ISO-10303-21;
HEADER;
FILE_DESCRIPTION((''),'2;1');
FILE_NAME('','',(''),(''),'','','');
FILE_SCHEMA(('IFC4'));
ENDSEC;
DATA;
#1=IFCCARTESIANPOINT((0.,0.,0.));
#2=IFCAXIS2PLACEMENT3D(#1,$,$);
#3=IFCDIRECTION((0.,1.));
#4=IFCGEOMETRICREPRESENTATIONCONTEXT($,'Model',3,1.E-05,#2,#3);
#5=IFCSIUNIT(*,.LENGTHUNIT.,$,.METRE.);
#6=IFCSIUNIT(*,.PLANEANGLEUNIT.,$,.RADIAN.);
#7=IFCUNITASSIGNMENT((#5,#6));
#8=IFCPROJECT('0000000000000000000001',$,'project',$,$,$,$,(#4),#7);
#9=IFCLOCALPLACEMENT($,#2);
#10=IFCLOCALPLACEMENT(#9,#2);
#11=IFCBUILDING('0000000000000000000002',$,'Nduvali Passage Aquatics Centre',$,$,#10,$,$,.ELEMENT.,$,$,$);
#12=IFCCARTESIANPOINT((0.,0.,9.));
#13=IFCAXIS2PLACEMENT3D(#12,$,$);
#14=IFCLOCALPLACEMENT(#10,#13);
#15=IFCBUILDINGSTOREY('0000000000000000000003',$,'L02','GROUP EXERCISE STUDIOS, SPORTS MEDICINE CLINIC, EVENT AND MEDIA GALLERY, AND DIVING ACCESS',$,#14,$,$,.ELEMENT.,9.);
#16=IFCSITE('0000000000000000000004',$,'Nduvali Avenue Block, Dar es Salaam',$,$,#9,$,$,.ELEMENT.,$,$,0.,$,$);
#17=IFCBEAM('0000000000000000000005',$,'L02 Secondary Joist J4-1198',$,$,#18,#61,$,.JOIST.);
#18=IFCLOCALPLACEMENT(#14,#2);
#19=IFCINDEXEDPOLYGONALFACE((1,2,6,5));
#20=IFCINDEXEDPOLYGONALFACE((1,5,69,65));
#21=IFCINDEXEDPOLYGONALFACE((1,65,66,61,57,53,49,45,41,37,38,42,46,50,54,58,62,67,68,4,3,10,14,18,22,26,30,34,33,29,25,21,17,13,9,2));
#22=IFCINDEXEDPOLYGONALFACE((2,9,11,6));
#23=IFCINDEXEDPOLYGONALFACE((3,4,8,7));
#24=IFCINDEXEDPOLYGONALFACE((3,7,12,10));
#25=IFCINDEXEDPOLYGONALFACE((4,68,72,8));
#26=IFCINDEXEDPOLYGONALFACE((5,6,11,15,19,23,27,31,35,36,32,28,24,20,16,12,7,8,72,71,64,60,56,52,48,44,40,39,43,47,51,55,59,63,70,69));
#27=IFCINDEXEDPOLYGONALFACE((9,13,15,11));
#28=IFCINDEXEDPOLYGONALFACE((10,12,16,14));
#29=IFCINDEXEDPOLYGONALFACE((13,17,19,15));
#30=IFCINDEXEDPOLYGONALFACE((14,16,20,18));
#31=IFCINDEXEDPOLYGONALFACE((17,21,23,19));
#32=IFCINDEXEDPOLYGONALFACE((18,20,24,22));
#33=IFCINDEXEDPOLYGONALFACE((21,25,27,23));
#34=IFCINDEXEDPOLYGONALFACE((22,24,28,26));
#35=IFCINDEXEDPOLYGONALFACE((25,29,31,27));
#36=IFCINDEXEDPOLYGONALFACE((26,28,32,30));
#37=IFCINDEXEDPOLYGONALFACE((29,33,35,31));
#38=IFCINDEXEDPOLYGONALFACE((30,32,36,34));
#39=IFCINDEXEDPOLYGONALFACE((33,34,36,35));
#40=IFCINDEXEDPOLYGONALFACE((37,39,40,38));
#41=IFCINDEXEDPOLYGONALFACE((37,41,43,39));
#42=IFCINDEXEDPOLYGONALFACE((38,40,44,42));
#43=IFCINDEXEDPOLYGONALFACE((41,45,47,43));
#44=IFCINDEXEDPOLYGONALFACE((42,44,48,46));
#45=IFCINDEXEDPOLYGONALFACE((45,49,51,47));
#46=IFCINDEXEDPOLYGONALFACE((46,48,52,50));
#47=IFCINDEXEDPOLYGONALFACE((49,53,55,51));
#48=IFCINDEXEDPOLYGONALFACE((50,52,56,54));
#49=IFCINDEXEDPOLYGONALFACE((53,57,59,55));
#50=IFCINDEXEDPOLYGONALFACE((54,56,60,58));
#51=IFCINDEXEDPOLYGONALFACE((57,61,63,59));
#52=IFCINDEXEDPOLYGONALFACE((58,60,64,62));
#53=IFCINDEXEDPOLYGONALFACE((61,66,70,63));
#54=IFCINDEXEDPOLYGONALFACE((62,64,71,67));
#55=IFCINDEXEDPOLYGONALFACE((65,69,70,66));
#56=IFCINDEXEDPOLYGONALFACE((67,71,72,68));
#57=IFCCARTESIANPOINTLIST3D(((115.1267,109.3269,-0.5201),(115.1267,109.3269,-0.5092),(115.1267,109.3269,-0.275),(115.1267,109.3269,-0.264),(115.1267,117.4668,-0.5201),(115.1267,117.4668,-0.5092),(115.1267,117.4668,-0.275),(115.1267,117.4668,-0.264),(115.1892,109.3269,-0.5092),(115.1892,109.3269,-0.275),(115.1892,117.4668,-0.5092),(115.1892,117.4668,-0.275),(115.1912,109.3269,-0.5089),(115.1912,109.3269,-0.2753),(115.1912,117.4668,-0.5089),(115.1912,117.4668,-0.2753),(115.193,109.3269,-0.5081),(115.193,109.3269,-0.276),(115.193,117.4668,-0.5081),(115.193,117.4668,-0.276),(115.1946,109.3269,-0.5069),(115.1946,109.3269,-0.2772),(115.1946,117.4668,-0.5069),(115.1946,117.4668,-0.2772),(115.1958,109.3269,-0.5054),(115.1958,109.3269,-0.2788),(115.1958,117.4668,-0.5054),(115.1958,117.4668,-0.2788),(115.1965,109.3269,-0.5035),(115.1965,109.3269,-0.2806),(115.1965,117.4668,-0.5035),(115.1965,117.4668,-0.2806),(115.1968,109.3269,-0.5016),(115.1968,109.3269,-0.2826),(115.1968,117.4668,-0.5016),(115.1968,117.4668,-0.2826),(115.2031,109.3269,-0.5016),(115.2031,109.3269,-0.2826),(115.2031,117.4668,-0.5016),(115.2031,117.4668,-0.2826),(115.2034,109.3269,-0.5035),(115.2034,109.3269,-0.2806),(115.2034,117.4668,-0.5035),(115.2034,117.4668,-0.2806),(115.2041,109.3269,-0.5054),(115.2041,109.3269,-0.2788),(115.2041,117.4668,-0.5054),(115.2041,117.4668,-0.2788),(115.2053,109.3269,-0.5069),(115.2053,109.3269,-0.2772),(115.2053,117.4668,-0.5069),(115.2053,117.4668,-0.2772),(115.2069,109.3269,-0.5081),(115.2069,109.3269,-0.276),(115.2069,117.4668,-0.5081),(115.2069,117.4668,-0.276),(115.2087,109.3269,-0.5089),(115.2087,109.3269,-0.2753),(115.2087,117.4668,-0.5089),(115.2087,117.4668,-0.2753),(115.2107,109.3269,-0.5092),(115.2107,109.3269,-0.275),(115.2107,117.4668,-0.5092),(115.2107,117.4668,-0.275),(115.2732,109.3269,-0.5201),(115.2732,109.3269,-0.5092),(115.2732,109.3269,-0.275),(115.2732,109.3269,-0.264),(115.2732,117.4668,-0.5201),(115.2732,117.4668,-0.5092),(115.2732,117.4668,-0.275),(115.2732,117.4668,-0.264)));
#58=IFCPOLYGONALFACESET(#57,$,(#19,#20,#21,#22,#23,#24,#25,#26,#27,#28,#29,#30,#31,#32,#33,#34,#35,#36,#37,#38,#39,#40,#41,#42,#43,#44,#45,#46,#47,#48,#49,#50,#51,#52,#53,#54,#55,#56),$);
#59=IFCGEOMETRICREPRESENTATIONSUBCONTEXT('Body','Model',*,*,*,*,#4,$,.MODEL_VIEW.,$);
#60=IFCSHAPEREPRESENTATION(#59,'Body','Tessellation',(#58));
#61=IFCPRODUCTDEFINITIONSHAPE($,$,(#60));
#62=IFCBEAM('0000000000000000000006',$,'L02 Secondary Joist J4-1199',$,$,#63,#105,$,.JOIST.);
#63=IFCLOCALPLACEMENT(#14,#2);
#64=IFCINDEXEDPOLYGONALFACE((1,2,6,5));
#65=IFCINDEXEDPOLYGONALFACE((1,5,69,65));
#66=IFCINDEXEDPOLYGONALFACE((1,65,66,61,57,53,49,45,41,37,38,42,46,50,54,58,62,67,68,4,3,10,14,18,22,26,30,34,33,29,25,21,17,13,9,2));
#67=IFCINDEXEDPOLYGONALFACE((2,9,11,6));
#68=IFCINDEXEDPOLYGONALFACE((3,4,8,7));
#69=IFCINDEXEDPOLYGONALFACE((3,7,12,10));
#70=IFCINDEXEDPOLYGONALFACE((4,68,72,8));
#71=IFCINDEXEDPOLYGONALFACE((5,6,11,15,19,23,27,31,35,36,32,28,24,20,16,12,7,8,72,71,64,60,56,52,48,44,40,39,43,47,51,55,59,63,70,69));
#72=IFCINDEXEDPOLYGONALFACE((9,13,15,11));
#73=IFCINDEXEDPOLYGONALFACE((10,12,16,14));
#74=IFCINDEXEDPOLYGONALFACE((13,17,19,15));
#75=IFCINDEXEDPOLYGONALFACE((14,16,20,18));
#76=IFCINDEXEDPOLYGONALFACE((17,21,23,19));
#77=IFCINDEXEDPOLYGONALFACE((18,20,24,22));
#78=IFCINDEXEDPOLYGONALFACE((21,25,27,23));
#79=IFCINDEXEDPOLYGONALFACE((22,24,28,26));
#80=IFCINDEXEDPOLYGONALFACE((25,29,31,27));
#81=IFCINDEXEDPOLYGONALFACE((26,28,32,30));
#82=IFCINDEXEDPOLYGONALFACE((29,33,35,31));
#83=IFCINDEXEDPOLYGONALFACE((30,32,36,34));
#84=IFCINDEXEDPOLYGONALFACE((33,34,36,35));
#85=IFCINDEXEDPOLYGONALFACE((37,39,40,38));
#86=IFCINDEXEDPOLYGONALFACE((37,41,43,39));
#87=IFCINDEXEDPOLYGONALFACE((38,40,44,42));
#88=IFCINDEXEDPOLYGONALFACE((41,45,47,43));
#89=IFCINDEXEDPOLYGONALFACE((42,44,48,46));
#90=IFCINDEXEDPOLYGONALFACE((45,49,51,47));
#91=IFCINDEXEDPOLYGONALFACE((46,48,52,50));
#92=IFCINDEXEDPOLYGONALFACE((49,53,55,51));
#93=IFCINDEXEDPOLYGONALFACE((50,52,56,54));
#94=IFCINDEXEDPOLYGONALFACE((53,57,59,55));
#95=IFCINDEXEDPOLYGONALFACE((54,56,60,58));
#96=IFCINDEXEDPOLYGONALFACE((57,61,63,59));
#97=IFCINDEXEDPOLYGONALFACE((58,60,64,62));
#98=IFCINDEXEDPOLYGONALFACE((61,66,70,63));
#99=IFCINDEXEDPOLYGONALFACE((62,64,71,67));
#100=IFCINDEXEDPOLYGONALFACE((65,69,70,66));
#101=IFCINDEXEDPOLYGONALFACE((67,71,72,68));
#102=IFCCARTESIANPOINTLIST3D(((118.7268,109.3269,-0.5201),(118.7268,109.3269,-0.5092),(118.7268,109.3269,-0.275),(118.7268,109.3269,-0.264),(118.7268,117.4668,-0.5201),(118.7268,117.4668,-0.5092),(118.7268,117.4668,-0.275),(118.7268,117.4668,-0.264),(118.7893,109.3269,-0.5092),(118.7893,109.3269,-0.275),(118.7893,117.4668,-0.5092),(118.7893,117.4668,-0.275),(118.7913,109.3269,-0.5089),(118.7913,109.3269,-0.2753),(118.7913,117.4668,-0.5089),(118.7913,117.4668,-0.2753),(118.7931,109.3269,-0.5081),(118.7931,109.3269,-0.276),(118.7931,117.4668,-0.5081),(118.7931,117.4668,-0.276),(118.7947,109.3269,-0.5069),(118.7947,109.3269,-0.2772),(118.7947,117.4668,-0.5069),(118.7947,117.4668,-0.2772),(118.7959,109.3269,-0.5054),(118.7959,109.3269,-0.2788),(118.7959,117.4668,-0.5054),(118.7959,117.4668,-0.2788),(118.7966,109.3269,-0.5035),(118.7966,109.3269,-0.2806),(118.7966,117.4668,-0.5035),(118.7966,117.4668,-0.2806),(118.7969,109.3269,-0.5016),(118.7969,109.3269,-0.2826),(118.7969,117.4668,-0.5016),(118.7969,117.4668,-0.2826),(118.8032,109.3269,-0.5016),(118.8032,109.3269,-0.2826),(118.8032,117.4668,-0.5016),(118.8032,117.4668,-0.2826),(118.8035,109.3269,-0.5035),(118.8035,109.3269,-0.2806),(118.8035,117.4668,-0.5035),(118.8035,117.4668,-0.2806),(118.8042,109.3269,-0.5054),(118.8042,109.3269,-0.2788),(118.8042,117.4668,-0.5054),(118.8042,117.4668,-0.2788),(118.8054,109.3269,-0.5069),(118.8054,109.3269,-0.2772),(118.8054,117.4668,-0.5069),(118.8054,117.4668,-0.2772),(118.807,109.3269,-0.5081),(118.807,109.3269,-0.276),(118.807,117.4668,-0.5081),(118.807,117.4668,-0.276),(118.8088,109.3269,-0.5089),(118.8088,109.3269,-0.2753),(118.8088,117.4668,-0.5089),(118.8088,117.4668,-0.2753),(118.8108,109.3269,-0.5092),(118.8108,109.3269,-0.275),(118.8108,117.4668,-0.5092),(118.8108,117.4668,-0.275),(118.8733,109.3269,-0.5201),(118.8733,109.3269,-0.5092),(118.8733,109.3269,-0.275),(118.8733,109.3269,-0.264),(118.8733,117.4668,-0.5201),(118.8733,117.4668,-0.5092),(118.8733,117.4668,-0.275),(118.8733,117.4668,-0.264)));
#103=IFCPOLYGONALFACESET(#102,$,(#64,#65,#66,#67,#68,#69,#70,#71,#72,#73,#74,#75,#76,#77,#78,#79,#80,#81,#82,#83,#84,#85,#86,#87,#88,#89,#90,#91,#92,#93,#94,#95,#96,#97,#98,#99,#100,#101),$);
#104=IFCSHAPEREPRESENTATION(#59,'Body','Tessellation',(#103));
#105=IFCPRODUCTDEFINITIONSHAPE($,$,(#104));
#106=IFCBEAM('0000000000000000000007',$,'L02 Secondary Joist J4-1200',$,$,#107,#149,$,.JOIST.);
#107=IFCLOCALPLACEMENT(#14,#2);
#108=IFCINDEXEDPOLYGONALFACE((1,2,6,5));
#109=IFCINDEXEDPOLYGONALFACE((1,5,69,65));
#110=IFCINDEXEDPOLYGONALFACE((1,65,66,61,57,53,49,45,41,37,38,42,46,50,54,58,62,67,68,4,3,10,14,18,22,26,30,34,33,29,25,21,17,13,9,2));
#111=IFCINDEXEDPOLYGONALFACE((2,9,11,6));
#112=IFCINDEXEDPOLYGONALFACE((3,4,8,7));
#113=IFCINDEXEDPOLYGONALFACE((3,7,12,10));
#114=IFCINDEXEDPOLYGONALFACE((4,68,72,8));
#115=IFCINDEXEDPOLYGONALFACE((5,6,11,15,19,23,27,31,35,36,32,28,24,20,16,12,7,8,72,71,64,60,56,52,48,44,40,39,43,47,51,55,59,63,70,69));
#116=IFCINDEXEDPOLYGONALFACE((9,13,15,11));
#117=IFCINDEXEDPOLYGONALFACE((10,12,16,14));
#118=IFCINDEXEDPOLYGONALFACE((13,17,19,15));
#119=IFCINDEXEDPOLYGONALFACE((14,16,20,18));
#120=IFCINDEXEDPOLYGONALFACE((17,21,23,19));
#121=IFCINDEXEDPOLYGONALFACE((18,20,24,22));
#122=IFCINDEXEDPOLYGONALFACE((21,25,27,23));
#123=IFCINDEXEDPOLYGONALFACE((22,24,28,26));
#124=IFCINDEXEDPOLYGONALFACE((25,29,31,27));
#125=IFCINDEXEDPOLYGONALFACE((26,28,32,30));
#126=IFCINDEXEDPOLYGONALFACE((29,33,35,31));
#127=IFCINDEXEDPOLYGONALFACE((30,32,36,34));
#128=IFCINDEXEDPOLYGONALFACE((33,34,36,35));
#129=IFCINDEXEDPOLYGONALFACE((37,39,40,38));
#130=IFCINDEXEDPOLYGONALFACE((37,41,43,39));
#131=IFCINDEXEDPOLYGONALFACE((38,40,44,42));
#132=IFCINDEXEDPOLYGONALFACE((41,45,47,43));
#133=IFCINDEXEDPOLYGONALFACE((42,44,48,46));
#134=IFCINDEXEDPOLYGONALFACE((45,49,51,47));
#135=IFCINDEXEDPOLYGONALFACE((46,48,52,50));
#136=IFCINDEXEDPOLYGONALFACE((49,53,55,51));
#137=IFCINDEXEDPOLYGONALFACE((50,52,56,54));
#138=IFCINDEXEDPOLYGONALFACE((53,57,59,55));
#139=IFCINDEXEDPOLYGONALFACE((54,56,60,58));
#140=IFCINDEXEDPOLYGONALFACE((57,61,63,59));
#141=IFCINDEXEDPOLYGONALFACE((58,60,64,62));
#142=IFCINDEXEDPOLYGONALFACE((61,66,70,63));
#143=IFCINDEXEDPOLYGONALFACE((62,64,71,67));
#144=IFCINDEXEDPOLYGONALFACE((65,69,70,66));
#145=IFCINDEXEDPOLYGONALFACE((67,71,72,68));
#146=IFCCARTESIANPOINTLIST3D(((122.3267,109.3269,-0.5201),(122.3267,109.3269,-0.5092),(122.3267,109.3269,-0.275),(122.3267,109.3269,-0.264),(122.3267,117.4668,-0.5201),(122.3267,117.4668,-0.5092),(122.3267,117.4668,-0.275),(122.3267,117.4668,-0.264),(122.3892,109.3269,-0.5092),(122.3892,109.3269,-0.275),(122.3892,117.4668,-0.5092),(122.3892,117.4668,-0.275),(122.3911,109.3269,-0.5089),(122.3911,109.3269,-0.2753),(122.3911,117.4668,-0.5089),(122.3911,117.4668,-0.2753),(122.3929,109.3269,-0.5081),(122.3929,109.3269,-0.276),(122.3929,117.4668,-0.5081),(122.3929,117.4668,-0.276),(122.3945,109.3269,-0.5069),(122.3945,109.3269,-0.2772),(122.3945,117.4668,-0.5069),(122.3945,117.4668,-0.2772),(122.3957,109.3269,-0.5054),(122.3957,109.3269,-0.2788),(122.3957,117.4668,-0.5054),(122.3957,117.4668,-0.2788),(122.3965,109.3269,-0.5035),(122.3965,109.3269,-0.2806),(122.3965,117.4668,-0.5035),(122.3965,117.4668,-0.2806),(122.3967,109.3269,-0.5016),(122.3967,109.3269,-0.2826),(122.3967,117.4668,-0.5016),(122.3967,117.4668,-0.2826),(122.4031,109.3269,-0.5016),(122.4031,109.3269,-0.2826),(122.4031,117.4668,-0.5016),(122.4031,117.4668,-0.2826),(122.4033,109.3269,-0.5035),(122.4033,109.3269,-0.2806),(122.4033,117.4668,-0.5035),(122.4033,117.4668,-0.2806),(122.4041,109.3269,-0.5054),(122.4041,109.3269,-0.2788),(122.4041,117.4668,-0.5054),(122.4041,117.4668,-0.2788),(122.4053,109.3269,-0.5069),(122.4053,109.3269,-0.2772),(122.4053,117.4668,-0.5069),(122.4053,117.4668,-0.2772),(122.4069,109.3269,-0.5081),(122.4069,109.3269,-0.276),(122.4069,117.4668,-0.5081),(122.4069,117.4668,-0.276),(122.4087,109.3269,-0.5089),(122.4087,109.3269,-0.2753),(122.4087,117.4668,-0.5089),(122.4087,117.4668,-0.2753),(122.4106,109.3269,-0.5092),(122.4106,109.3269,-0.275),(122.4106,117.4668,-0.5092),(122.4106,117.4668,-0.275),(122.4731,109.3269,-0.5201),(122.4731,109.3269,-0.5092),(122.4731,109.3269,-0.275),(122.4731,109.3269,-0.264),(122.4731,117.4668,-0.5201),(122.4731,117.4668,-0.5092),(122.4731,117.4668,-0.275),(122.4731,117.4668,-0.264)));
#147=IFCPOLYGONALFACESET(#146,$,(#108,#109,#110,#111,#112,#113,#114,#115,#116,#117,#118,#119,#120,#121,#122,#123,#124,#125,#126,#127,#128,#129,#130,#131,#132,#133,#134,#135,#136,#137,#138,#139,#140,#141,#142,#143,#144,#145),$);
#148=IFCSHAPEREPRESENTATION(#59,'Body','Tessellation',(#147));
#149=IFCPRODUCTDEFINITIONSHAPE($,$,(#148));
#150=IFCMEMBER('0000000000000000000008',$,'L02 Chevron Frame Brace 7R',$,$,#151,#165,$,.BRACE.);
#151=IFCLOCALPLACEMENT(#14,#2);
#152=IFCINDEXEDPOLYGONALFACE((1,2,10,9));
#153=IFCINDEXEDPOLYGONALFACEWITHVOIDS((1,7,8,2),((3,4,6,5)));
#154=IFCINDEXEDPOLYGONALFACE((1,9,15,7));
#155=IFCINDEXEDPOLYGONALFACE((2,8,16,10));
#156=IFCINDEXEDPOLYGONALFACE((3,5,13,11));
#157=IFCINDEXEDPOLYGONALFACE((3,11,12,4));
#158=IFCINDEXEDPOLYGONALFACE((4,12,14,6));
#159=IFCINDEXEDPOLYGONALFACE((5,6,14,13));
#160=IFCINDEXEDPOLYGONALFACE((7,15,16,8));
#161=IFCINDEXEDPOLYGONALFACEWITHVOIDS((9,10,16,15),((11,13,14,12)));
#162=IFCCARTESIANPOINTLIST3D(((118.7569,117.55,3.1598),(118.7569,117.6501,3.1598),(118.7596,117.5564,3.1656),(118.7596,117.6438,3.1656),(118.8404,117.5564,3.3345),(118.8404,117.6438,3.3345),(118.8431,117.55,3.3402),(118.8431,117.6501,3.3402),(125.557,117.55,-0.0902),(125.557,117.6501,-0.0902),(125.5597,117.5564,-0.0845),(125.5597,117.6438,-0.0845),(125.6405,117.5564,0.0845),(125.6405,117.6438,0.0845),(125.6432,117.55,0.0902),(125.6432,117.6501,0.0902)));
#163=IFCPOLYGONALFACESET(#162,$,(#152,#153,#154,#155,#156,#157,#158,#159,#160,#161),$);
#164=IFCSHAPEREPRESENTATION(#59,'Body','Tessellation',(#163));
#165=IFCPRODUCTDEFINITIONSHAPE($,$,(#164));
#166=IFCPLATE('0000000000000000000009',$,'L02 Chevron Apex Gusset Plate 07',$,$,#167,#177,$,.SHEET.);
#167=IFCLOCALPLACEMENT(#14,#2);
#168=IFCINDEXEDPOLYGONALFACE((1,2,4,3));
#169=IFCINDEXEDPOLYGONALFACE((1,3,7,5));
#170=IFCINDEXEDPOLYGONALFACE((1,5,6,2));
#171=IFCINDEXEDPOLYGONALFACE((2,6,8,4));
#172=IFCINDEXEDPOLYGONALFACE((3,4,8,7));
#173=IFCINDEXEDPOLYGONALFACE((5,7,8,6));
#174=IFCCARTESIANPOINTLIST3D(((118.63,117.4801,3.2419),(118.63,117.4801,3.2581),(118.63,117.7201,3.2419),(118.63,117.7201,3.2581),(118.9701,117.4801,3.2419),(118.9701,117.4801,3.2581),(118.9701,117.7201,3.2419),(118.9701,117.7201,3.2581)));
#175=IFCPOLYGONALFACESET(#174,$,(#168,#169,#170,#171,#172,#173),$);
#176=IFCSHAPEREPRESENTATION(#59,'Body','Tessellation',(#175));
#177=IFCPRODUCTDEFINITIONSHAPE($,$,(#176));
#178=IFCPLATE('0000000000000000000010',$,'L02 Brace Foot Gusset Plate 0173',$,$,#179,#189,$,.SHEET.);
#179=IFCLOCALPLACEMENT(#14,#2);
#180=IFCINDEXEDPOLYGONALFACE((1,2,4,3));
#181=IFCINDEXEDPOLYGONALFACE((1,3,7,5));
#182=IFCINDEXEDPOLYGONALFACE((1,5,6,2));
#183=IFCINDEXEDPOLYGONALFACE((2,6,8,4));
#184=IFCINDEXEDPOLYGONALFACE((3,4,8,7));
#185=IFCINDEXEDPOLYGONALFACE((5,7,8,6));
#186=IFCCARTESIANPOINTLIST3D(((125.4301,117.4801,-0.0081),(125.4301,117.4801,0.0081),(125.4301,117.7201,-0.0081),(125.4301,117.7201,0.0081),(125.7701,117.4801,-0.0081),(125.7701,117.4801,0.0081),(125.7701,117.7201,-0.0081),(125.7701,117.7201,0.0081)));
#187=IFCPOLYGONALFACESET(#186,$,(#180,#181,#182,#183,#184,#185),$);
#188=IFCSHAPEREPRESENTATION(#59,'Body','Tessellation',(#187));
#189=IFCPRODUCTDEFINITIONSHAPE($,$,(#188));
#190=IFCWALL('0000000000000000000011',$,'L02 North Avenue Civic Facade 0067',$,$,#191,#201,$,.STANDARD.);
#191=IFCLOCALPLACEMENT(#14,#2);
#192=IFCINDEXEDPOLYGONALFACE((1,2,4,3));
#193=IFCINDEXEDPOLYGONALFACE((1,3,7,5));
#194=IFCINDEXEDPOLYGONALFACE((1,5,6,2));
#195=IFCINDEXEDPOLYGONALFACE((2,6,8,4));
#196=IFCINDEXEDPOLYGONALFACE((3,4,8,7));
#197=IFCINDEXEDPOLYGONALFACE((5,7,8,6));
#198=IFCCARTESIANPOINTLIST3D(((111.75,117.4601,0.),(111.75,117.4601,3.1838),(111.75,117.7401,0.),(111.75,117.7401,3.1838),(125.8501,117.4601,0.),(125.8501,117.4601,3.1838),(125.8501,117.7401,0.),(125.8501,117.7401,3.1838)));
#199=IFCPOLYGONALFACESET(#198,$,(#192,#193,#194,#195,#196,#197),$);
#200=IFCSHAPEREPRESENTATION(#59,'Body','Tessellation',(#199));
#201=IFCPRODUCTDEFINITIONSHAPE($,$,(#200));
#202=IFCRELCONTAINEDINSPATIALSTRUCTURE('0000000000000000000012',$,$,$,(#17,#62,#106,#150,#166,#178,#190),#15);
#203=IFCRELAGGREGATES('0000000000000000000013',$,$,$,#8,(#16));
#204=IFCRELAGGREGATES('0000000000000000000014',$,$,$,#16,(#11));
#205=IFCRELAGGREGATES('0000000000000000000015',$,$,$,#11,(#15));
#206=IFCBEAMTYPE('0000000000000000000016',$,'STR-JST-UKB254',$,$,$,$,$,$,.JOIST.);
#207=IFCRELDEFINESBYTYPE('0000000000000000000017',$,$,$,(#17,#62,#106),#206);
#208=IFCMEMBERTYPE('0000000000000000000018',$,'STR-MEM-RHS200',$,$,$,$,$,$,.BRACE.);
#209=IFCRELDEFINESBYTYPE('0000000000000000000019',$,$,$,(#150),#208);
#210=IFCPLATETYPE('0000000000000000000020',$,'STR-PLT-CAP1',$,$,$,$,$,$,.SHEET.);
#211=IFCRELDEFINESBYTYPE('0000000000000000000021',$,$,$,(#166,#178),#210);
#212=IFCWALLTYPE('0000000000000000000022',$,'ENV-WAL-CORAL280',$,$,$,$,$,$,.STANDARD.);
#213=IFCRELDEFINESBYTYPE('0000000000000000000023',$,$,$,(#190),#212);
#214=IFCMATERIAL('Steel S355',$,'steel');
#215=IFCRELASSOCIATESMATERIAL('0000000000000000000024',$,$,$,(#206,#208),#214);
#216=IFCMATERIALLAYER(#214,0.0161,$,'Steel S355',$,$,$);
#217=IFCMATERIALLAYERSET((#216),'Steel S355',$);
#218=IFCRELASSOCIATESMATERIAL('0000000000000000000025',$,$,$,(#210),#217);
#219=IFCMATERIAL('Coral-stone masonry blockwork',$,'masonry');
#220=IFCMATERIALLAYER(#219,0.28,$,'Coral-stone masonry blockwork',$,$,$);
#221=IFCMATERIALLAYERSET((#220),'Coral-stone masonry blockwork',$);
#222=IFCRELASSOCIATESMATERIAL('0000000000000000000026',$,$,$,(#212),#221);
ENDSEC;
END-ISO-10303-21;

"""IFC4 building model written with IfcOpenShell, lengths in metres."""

from ifc_helpers import new_model, si_unit, direction, frame, frame_2d, origin, origin_2d, place, context, subcontext, project, spatial, rectangle, hollow_rectangle, i_section, extrude, material, layer, layer_set, material_profile, profile_set, type_object, element, save


model = new_model("IFC4")

# Units and contexts
model_context = context("Model", 3, precision=1e-05, world=origin(), true_north=direction((0.0, 1.0)))
body_context = subcontext(model_context, "Body", "Model", "MODEL_VIEW")
ifc_project = project(units=[si_unit("LENGTHUNIT", "METRE"), si_unit("PLANEANGLEUNIT", "RADIAN")], contexts=[model_context])

# Site, building, storey
site_placement = place(None, origin())
site = spatial("IfcSite", under=ifc_project, at=site_placement, Name="Nduvali Avenue Block, Dar es Salaam", CompositionType="ELEMENT", RefElevation=0.0)
building_placement = place(site_placement, origin())
building = spatial("IfcBuilding", under=site, at=building_placement, Name="Nduvali Passage Aquatics Centre", CompositionType="ELEMENT")
storey_placement = place(building_placement, frame((0.0, 0.0, 9.0)))
storey = spatial("IfcBuildingStorey", under=building, at=storey_placement, Name="L02", Description="GROUP EXERCISE STUDIOS, SPORTS MEDICINE CLINIC, EVENT AND MEDIA GALLERY, AND DIVING ACCESS", CompositionType="ELEMENT", Elevation=9.0)

# Beams
ifc_material_1 = material(Name="Steel S355", Category="steel")
ifc_material_profile_1 = material_profile(ifc_material_1, i_section(OverallWidth=0.1465, OverallDepth=0.2561, WebThickness=0.0063, FlangeThickness=0.011, FilletRadius=0.0076, at=origin_2d()), Name="UKB 254x146x37")
ifc_profile_set_1 = profile_set([ifc_material_profile_1], Name="Steel S355")
beam_type = type_object("IfcBeamType", Name="STR-JST-UKB254", PredefinedType="JOIST", material=ifc_profile_set_1)
for number, where, z_axis, x_axis, name in (
    (1, (115.2, 109.3269, -0.3921), (0.0, 1.0, 0.0), (-1.0, 0.0, 0.0), "L02 Secondary Joist J4-1198"),
    (2, (118.8, 109.3269, -0.3921), (0.0, 1.0, 0.0), (-1.0, 0.0, 0.0), "L02 Secondary Joist J4-1199"),
    (3, (122.3999, 109.3269, -0.3921), (0.0, 1.0, 0.0), (-1.0, 0.0, 0.0), "L02 Secondary Joist J4-1200"),
):
    element("IfcBeam", number, at=place(storey_placement, frame(where, z_axis=z_axis, x_axis=x_axis)), inside=storey, type_object=beam_type, Name=name, PredefinedType="JOIST", context=body_context, shape_type="SweptSolid", body=[
        extrude(i_section(OverallWidth=0.1465, OverallDepth=0.2561, WebThickness=0.0063, FlangeThickness=0.011, FilletRadius=0.0076, at=origin_2d()), origin(), (0.0, 0.0, 1.0), 8.1399),
    ])

# Member
ifc_material_profile_2 = material_profile(ifc_material_1, hollow_rectangle(XDim=0.1001, YDim=0.2, WallThickness=0.0063, at=origin_2d()), Name="RHS 200x100x6.3")
ifc_profile_set_2 = profile_set([ifc_material_profile_2], Name="Steel S355")
member_type = type_object("IfcMemberType", Name="STR-MEM-RHS200", PredefinedType="BRACE", material=ifc_profile_set_2)
member_placement = place(storey_placement, frame((125.6001, 117.6001, 0.0), z_axis=(-0.902248, 0.0, 0.431218), x_axis=(0.0, -1.0, 0.0)))
element("IfcMember", 4, at=member_placement, inside=storey, type_object=member_type, Name="L02 Chevron Frame Brace 7R", PredefinedType="BRACE", context=body_context, shape_type="SweptSolid", body=[
    extrude(hollow_rectangle(XDim=0.1001, YDim=0.2, WallThickness=0.0063, at=origin_2d()), origin(), (0.0, 0.0, 1.0), 7.5369),
])

# Plates
ifc_layer_1 = layer(ifc_material_1, 0.0161, Name="Steel S355")
ifc_layer_set_1 = layer_set([ifc_layer_1], Name="Steel S355")
plate_type = type_object("IfcPlateType", Name="STR-PLT-CAP1", PredefinedType="SHEET", material=ifc_layer_set_1)
for number, where, z_axis, x_axis, name in (
    (5, (118.8, 117.6001, 3.2419), (0.0, 0.0, 1.0), (1.0, 0.0, 0.0), "L02 Chevron Apex Gusset Plate 07"),
    (6, (125.6001, 117.6001, -0.0081), (0.0, 0.0, 1.0), (1.0, 0.0, 0.0), "L02 Brace Foot Gusset Plate 0173"),
):
    element("IfcPlate", number, at=place(storey_placement, frame(where, z_axis=z_axis, x_axis=x_axis)), inside=storey, type_object=plate_type, Name=name, PredefinedType="SHEET", context=body_context, shape_type="SweptSolid", body=[
        extrude(rectangle(XDim=0.3401, YDim=0.24, at=origin_2d()), origin(), (0.0, 0.0, 1.0), 0.0161),
    ])

# Wall
ifc_material_2 = material(Name="Coral-stone masonry blockwork", Category="masonry")
ifc_layer_2 = layer(ifc_material_2, 0.28, Name="Coral-stone masonry blockwork")
ifc_layer_set_2 = layer_set([ifc_layer_2], Name="Coral-stone masonry blockwork")
wall_type_1 = type_object("IfcWallType", Name="ENV-WAL-CORAL280", PredefinedType="STANDARD", material=ifc_layer_set_2)
wall_1_placement = place(storey_placement, frame((125.8501, 117.6001, 0.0), z_axis=(0.0, 0.0, 1.0), x_axis=(-1.0, 0.0, 0.0)))
element("IfcWall", 7, at=wall_1_placement, inside=storey, type_object=wall_type_1, Name="L02 North Avenue Civic Facade 0067", PredefinedType="STANDARD", context=body_context, shape_type="SweptSolid", body=[
    extrude(rectangle(XDim=14.1001, YDim=0.28, at=frame_2d((7.05, 0.0))), origin(), (0.0, 0.0, 1.0), 3.1838),
])

save(model, "model.ifc")
